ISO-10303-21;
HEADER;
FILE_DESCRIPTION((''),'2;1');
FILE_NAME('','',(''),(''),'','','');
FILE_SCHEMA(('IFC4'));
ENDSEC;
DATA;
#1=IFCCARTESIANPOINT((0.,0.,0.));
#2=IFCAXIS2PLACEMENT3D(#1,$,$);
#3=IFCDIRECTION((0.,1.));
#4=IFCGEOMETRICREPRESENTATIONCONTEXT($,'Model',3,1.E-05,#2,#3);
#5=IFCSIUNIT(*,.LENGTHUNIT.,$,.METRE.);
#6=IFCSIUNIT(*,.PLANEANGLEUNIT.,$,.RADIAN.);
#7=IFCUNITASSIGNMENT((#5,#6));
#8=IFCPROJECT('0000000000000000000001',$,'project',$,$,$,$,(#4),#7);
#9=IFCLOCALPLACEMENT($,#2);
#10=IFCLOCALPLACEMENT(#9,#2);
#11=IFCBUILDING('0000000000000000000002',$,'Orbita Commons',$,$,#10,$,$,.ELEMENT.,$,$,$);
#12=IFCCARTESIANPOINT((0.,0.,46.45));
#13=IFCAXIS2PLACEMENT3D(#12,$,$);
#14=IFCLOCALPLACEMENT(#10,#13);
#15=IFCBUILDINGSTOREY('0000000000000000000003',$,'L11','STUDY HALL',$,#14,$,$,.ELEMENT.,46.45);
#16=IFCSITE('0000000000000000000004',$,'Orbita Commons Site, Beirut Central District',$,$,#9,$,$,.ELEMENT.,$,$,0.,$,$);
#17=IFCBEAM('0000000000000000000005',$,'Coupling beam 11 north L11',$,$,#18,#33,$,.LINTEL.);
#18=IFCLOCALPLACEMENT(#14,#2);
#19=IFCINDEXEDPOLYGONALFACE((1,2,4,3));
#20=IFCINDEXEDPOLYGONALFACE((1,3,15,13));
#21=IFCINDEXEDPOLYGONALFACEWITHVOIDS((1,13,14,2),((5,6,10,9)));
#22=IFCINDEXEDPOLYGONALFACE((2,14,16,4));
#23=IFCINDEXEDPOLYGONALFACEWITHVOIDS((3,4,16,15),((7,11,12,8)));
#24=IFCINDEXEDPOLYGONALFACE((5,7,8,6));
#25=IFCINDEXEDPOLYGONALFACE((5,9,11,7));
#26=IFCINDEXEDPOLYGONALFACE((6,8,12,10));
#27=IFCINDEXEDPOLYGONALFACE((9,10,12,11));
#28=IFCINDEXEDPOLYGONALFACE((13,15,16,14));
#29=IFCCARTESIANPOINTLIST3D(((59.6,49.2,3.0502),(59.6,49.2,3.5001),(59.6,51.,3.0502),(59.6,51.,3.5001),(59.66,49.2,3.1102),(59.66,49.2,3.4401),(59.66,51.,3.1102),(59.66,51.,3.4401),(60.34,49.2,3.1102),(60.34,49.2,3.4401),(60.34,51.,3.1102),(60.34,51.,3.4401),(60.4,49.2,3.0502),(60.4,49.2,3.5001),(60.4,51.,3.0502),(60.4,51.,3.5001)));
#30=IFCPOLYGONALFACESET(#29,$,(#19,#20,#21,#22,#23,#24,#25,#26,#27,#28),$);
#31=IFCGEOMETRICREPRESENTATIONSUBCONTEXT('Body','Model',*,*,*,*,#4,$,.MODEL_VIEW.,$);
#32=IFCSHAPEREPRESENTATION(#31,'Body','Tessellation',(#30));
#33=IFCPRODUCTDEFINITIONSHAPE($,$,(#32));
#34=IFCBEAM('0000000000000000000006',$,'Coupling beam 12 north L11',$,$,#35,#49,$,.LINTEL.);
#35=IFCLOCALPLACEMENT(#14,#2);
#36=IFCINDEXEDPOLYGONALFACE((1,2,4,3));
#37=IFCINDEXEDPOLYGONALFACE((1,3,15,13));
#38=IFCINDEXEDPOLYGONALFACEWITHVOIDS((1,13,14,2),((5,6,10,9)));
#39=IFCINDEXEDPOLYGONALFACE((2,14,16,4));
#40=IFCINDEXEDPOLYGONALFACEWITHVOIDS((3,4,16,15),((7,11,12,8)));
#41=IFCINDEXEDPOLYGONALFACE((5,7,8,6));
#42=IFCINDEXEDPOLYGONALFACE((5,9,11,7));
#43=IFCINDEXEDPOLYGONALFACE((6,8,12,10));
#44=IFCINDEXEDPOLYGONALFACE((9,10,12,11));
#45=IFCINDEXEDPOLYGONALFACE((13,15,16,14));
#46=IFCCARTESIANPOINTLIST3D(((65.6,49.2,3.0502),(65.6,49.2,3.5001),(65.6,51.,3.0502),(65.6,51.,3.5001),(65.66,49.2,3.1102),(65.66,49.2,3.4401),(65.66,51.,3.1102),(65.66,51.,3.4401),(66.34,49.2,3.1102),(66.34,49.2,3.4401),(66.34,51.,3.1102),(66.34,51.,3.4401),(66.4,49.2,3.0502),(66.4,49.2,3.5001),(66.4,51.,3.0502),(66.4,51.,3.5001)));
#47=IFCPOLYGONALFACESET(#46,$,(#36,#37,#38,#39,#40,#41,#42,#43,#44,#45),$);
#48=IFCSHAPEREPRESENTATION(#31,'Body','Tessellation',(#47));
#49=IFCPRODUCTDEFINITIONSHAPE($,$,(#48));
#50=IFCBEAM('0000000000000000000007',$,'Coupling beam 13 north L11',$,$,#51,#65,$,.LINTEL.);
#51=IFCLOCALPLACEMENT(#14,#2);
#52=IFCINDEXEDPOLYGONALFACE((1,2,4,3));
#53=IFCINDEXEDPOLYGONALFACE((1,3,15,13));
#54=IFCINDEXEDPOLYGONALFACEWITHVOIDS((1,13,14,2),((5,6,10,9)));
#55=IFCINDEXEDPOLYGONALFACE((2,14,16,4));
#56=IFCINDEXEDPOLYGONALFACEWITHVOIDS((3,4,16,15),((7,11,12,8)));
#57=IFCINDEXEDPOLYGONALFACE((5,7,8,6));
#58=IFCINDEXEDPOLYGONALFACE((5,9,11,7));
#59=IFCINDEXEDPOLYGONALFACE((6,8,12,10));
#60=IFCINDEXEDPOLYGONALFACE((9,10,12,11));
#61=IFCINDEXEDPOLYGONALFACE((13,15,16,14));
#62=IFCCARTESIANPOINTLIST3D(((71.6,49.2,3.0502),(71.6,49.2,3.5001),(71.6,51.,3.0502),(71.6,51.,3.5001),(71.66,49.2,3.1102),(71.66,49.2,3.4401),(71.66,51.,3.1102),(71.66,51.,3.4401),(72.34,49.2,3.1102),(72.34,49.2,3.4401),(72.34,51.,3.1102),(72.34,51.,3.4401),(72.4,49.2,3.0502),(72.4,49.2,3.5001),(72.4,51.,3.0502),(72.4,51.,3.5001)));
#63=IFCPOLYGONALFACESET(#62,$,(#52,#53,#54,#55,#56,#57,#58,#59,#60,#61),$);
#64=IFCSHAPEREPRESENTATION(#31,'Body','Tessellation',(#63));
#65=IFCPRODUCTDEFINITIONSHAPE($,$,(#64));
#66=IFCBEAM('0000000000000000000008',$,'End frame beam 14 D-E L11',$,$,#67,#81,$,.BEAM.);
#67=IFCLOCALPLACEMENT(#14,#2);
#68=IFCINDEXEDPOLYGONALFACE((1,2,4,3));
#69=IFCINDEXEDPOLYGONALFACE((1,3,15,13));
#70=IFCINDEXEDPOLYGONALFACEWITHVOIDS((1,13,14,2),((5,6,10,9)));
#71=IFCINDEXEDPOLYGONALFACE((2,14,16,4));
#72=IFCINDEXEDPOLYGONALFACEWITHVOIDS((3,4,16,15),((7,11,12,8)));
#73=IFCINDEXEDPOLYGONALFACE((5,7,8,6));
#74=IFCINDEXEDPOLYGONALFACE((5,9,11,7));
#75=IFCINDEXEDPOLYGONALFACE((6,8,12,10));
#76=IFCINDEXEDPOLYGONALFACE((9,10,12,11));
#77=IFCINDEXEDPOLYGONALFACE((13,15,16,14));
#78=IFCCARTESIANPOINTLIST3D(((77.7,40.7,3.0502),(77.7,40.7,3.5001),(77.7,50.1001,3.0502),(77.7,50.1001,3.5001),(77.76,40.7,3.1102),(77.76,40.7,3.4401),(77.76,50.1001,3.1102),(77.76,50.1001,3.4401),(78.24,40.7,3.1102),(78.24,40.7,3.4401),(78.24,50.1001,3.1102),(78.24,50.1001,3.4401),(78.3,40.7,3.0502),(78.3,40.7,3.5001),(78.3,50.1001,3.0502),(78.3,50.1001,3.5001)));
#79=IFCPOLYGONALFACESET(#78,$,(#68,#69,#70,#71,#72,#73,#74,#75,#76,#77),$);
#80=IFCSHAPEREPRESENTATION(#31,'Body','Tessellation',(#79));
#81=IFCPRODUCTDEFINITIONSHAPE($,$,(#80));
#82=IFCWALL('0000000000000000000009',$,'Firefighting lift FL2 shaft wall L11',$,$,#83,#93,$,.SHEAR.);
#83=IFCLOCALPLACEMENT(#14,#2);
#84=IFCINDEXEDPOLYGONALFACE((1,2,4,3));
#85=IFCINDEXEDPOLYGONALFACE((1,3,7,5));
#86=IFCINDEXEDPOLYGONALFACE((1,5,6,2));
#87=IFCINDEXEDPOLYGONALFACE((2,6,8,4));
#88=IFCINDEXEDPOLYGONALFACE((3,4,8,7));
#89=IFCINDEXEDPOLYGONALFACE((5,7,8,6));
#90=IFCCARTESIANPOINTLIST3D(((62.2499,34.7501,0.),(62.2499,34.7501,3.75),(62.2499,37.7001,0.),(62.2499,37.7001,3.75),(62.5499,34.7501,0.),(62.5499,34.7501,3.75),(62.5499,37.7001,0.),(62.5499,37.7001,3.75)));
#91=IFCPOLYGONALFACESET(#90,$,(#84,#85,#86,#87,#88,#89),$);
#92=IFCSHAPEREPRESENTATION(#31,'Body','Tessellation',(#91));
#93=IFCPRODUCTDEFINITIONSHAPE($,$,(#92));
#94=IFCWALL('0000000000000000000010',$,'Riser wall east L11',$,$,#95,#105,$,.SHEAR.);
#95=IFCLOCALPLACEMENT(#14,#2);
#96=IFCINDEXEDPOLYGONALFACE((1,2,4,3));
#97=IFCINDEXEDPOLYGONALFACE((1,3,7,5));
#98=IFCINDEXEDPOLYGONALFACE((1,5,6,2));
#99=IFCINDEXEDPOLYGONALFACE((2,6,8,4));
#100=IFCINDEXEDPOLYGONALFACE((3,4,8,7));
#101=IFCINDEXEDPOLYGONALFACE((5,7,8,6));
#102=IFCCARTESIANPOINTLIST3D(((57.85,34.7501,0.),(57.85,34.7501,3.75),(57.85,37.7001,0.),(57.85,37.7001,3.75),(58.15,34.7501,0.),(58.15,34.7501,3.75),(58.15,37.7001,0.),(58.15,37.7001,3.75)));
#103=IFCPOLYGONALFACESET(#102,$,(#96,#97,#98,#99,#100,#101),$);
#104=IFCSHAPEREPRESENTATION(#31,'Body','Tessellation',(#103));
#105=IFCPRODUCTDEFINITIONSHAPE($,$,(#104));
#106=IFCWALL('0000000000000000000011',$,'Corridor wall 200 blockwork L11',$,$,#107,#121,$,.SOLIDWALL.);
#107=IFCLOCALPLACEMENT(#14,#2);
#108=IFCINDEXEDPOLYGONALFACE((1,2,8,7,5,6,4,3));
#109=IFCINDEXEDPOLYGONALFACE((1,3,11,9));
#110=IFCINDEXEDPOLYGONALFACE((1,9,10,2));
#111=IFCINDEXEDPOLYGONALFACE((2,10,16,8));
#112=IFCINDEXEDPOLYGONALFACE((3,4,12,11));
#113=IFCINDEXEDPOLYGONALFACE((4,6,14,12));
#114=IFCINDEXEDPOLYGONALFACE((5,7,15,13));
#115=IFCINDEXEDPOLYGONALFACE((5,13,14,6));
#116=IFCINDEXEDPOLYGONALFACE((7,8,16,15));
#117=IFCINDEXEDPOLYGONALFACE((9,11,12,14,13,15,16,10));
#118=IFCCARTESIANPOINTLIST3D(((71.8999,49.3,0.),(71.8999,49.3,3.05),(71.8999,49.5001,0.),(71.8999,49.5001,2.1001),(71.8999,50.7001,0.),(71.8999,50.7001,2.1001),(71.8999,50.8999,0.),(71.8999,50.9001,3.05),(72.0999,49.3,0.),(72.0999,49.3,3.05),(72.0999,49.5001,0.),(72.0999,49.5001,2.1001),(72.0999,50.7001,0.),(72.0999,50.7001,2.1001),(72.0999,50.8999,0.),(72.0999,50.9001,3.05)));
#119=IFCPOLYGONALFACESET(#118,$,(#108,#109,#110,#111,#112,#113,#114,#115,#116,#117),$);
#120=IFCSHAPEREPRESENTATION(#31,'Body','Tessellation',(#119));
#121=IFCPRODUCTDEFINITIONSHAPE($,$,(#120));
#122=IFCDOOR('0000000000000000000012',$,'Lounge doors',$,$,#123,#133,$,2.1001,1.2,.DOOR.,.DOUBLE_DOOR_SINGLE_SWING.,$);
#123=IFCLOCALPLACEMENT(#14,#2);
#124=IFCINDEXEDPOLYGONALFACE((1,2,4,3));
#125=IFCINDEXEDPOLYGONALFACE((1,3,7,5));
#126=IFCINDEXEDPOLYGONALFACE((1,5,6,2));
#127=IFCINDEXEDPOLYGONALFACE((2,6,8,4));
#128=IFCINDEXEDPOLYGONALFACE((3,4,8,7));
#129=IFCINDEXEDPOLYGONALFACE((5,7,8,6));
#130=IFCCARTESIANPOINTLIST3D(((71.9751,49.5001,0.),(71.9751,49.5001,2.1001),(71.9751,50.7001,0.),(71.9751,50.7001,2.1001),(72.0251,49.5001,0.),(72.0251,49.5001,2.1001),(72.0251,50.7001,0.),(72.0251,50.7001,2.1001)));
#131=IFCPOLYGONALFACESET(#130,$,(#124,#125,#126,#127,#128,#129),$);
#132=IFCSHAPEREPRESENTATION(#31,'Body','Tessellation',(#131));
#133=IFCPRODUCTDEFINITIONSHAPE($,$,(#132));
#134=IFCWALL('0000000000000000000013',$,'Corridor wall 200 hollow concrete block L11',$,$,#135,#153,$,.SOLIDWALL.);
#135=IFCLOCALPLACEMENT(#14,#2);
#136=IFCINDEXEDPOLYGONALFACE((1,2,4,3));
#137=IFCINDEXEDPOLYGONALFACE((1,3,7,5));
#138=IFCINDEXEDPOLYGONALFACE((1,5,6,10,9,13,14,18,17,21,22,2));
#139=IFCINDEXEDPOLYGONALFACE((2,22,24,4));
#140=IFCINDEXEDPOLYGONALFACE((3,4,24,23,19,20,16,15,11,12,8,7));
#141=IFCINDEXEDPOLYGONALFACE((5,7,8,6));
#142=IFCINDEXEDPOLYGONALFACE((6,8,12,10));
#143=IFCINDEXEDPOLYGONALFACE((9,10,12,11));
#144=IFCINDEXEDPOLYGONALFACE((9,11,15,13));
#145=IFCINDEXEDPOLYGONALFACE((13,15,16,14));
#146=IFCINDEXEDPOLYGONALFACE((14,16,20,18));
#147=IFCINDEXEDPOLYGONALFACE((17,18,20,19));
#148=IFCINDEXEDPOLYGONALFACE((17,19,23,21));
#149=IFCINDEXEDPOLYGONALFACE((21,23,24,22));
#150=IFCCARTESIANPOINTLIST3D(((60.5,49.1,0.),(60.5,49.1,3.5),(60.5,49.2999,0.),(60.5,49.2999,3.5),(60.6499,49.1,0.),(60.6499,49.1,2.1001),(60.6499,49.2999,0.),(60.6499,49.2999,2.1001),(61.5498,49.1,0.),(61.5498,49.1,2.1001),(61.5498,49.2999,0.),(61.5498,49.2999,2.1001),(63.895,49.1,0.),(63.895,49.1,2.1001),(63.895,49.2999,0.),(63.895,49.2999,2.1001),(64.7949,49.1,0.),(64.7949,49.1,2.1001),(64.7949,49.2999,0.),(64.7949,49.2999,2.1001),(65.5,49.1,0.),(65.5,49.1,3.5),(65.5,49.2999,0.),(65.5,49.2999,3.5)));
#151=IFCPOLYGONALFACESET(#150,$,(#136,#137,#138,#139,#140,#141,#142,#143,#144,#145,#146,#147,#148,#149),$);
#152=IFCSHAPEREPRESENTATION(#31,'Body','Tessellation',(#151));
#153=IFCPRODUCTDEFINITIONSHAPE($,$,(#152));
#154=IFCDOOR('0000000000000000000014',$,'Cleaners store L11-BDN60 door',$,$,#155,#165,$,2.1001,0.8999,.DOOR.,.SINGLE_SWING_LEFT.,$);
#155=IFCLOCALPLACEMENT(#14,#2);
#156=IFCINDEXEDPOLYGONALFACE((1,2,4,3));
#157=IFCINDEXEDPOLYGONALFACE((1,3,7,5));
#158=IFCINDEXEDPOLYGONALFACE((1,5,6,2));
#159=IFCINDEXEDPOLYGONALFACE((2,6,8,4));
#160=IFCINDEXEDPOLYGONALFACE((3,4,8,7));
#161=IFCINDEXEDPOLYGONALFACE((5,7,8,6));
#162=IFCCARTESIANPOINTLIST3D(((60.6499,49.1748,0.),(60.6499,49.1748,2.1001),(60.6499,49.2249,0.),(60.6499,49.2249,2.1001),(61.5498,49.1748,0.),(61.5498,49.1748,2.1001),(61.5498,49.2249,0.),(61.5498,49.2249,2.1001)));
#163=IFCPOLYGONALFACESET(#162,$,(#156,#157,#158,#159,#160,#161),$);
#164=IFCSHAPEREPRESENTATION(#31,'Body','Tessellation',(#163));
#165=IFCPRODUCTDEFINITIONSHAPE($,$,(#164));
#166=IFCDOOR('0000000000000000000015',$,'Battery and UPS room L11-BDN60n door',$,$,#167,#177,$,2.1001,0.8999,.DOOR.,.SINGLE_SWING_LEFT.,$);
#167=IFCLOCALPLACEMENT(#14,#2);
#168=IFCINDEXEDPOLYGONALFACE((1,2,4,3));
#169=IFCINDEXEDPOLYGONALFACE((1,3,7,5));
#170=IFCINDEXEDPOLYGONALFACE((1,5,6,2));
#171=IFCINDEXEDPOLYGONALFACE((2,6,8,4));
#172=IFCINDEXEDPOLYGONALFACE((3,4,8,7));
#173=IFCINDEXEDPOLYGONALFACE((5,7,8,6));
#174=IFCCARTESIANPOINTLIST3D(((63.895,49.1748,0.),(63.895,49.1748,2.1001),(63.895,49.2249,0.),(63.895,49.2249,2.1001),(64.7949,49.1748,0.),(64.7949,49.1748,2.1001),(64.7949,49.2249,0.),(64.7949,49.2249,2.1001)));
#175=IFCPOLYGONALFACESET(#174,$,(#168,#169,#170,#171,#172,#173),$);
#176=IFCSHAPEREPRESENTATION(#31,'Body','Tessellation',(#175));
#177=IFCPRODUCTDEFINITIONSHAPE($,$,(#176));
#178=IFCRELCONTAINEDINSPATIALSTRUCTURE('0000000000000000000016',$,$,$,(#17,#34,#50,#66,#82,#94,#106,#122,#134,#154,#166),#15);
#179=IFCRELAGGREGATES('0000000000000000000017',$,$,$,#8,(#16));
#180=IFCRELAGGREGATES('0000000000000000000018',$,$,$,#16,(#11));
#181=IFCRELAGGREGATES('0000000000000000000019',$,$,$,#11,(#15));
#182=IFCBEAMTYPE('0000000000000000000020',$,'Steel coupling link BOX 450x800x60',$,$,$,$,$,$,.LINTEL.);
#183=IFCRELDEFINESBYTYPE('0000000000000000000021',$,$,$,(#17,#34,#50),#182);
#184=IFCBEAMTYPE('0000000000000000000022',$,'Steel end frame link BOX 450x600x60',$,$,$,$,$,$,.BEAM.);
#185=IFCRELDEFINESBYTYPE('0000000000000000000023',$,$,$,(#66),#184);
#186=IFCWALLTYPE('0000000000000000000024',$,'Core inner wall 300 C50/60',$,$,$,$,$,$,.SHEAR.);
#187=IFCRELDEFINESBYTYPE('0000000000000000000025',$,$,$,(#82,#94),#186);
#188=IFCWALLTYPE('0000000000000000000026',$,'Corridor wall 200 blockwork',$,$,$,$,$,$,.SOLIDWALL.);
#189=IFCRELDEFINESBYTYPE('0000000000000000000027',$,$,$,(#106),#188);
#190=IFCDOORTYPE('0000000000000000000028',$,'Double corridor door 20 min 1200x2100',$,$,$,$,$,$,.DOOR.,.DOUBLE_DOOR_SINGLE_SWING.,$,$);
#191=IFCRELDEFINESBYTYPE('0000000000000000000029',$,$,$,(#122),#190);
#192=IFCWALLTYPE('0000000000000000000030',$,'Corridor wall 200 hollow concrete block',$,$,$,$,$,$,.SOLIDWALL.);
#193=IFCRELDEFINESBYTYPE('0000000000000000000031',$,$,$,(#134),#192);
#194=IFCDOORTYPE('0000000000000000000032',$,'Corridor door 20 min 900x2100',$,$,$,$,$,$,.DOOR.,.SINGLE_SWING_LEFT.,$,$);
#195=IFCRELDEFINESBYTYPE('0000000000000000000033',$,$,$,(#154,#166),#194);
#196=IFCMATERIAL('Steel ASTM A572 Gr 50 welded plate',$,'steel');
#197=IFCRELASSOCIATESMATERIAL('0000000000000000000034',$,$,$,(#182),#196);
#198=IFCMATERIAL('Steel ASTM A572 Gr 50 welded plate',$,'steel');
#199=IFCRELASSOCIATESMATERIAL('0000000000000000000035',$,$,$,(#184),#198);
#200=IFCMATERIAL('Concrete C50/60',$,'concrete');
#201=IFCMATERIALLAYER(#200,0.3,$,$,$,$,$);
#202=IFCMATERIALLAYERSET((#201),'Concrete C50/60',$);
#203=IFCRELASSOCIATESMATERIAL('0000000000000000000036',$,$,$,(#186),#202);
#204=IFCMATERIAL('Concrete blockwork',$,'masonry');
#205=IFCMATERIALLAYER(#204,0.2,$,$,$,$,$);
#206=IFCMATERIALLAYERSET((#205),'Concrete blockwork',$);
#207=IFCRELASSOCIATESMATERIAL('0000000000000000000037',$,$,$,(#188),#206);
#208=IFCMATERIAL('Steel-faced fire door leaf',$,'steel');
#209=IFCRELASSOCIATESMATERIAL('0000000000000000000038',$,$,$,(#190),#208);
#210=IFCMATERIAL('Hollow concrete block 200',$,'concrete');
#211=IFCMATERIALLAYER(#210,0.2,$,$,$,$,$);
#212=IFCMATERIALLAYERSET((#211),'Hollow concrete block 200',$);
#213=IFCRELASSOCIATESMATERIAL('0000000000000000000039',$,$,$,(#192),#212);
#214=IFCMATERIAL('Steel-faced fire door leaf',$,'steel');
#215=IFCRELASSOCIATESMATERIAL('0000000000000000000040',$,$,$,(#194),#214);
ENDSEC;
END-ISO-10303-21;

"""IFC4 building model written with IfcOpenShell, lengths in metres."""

from ifc_helpers import new_model, si_unit, direction, frame, frame_2d, origin, origin_2d, place, context, subcontext, project, spatial, polyline, rectangle, hollow_rectangle, outline, extrude, material, layer, layer_set, material_profile, profile_set, type_object, element, fill, save


model = new_model("IFC4")

# Units and contexts
model_context = context("Model", 3, precision=1e-05, world=origin(), true_north=direction((0.0, 1.0)))
body_context = subcontext(model_context, "Body", "Model", "MODEL_VIEW")
ifc_project = project(units=[si_unit("LENGTHUNIT", "METRE"), si_unit("PLANEANGLEUNIT", "RADIAN")], contexts=[model_context])

# Site, building, storey
site_placement = place(None, origin())
site = spatial("IfcSite", under=ifc_project, at=site_placement, Name="Orbita Commons Site, Beirut Central District", CompositionType="ELEMENT", RefElevation=0.0)
building_placement = place(site_placement, origin())
building = spatial("IfcBuilding", under=site, at=building_placement, Name="Orbita Commons", CompositionType="ELEMENT")
storey_placement = place(building_placement, frame((0.0, 0.0, 46.45)))
storey = spatial("IfcBuildingStorey", under=building, at=storey_placement, Name="L11", Description="STUDY HALL", CompositionType="ELEMENT", Elevation=46.45)

# Beams
ifc_material_1 = material(Name="Steel ASTM A572 Gr 50 welded plate", Category="steel")
ifc_material_profile_1 = material_profile(ifc_material_1, hollow_rectangle(XDim=0.8, YDim=0.45, WallThickness=0.0601, at=origin_2d()), Name="BOX 450x800x60")
ifc_profile_set_1 = profile_set([ifc_material_profile_1], Name="Steel ASTM A572 Gr 50 welded plate")
beam_type_1 = type_object("IfcBeamType", Name="Steel coupling link BOX 450x800x60", PredefinedType="LINTEL", material=ifc_profile_set_1)
for number, where, z_axis, x_axis, name in (
    (1, (60.0, 49.2, 3.2751), (0.0, 1.0, 0.0), (-1.0, 0.0, 0.0), "Coupling beam 11 north L11"),
    (2, (66.0, 49.2, 3.2751), (0.0, 1.0, 0.0), (-1.0, 0.0, 0.0), "Coupling beam 12 north L11"),
    (3, (72.0, 49.2, 3.2751), (0.0, 1.0, 0.0), (-1.0, 0.0, 0.0), "Coupling beam 13 north L11"),
):
    element("IfcBeam", number, at=place(storey_placement, frame(where, z_axis=z_axis, x_axis=x_axis)), inside=storey, type_object=beam_type_1, Name=name, PredefinedType="LINTEL", context=body_context, shape_type="SweptSolid", body=[
        extrude(hollow_rectangle(XDim=0.8, YDim=0.45, WallThickness=0.0601, at=origin_2d()), origin(), (0.0, 0.0, 1.0), 1.8),
    ])
ifc_material_2 = material(Name="Steel ASTM A572 Gr 50 welded plate", Category="steel")
ifc_material_profile_2 = material_profile(ifc_material_2, hollow_rectangle(XDim=0.6001, YDim=0.45, WallThickness=0.0601, at=origin_2d()), Name="BOX 450x600x60")
ifc_profile_set_2 = profile_set([ifc_material_profile_2], Name="Steel ASTM A572 Gr 50 welded plate")
beam_type_2 = type_object("IfcBeamType", Name="Steel end frame link BOX 450x600x60", PredefinedType="BEAM", material=ifc_profile_set_2)
beam_placement = place(storey_placement, frame((78.0, 40.7, 3.2751), z_axis=(0.0, 1.0, 0.0), x_axis=(-1.0, 0.0, 0.0)))
element("IfcBeam", 4, at=beam_placement, inside=storey, type_object=beam_type_2, Name="End frame beam 14 D-E L11", PredefinedType="BEAM", context=body_context, shape_type="SweptSolid", body=[
    extrude(hollow_rectangle(XDim=0.6001, YDim=0.45, WallThickness=0.0601, at=origin_2d()), origin(), (0.0, 0.0, 1.0), 9.4001),
])

# Walls
ifc_material_3 = material(Name="Concrete C50/60", Category="concrete")
ifc_layer_1 = layer(ifc_material_3, 0.3)
ifc_layer_set_1 = layer_set([ifc_layer_1], Name="Concrete C50/60")
wall_type_1 = type_object("IfcWallType", Name="Core inner wall 300 C50/60", PredefinedType="SHEAR", material=ifc_layer_set_1)
for number, where, z_axis, x_axis, name in (
    (5, (62.3999, 34.75, 0.0), (0.0, 0.0, 1.0), (0.0, 1.0, 0.0), "Firefighting lift FL2 shaft wall L11"),
    (6, (58.0, 34.75, 0.0), (0.0, 0.0, 1.0), (0.0, 1.0, 0.0), "Riser wall east L11"),
):
    element("IfcWall", number, at=place(storey_placement, frame(where, z_axis=z_axis, x_axis=x_axis)), inside=storey, type_object=wall_type_1, Name=name, PredefinedType="SHEAR", context=body_context, shape_type="SweptSolid", body=[
        extrude(rectangle(XDim=2.95, YDim=0.3, at=frame_2d((1.4751, 0.0))), origin(), (0.0, 0.0, 1.0), 3.75),
    ])

# Wall, opening, door
ifc_material_4 = material(Name="Concrete blockwork", Category="masonry")
ifc_layer_2 = layer(ifc_material_4, 0.2)
ifc_layer_set_2 = layer_set([ifc_layer_2], Name="Concrete blockwork")
wall_type_2 = type_object("IfcWallType", Name="Corridor wall 200 blockwork", PredefinedType="SOLIDWALL", material=ifc_layer_set_2)
wall_1_placement = place(storey_placement, frame((72.0, 49.3, 0.0), z_axis=(0.0, 0.0, 1.0), x_axis=(0.0, 1.0, 0.0)))
wall_1 = element("IfcWall", 7, at=wall_1_placement, inside=storey, type_object=wall_type_2, Name="Corridor wall 200 blockwork L11", PredefinedType="SOLIDWALL", context=body_context, shape_type="SweptSolid", body=[
    extrude(outline(polyline([(0.0, 0.0), (1.5999, 0.0), (1.6001, 3.05), (0.0, 3.05), (0.0, 0.0)])), frame((0.0, 0.1001, 0.0), z_axis=(0.0, -1.0, 0.0), x_axis=(1.0, 0.0, 0.0)), (0.0, 0.0, 1.0), 0.2),
])
opening_1_placement = place(wall_1_placement, frame((0.2, 0.0, 0.0)))
opening_1 = element("IfcOpeningElement", 8, at=opening_1_placement, cuts=wall_1, PredefinedType="OPENING", context=body_context, shape_type="SweptSolid", body=[
    extrude(rectangle(XDim=1.2, YDim=2.1001, at=frame_2d((0.6001, 1.05))), frame((0.0, 0.1099, 0.0), z_axis=(0.0, -1.0, 0.0), x_axis=(1.0, 0.0, 0.0)), (0.0, 0.0, 1.0), 0.22),
])
ifc_material_5 = material(Name="Steel-faced fire door leaf", Category="steel")
door_type_1 = type_object("IfcDoorType", Name="Double corridor door 20 min 1200x2100", OperationType="DOUBLE_DOOR_SINGLE_SWING", PredefinedType="DOOR", material=ifc_material_5)
door_1_placement = place(opening_1_placement, origin())
door_1 = element("IfcDoor", 9, at=door_1_placement, inside=storey, type_object=door_type_1, Name="Lounge doors", OperationType="DOUBLE_DOOR_SINGLE_SWING", OverallHeight=2.1001, OverallWidth=1.2, PredefinedType="DOOR", context=body_context, shape_type="SweptSolid", body=[
    extrude(rectangle(XDim=1.2, YDim=2.1001, at=frame_2d((0.6001, 1.05))), frame((0.0, 0.0249, 0.0), z_axis=(0.0, -1.0, 0.0), x_axis=(1.0, 0.0, 0.0)), (0.0, 0.0, 1.0), 0.05),
])
fill(opening_1, door_1)

# Wall, openings, doors
ifc_material_6 = material(Name="Hollow concrete block 200", Category="concrete")
ifc_layer_3 = layer(ifc_material_6, 0.2)
ifc_layer_set_3 = layer_set([ifc_layer_3], Name="Hollow concrete block 200")
wall_type_3 = type_object("IfcWallType", Name="Corridor wall 200 hollow concrete block", PredefinedType="SOLIDWALL", material=ifc_layer_set_3)
wall_2_placement = place(storey_placement, frame((60.5, 49.2, 0.0), z_axis=(0.0, 0.0, 1.0), x_axis=(1.0, 0.0, 0.0)))
wall_2 = element("IfcWall", 10, at=wall_2_placement, inside=storey, type_object=wall_type_3, Name="Corridor wall 200 hollow concrete block L11", PredefinedType="SOLIDWALL", context=body_context, shape_type="SweptSolid", body=[
    extrude(rectangle(XDim=5.0, YDim=0.2, at=frame_2d((2.5, 0.0))), origin(), (0.0, 0.0, 1.0), 3.5),
])
opening_2_placement = place(wall_2_placement, frame((0.1499, 0.0, 0.0)))
opening_2 = element("IfcOpeningElement", 11, at=opening_2_placement, cuts=wall_2, PredefinedType="OPENING", context=body_context, shape_type="SweptSolid", body=[
    extrude(rectangle(XDim=0.8999, YDim=2.1001, at=frame_2d((0.45, 1.05))), frame((0.0, 0.1099, 0.0), z_axis=(0.0, -1.0, 0.0), x_axis=(1.0, 0.0, 0.0)), (0.0, 0.0, 1.0), 0.22),
])
opening_3_placement = place(wall_2_placement, frame((3.395, 0.0, 0.0)))
opening_3 = element("IfcOpeningElement", 12, at=opening_3_placement, cuts=wall_2, PredefinedType="OPENING", context=body_context, shape_type="SweptSolid", body=[
    extrude(rectangle(XDim=0.8999, YDim=2.1001, at=frame_2d((0.45, 1.05))), frame((0.0, 0.1099, 0.0), z_axis=(0.0, -1.0, 0.0), x_axis=(1.0, 0.0, 0.0)), (0.0, 0.0, 1.0), 0.22),
])
ifc_material_7 = material(Name="Steel-faced fire door leaf", Category="steel")
door_type_2 = type_object("IfcDoorType", Name="Corridor door 20 min 900x2100", OperationType="SINGLE_SWING_LEFT", PredefinedType="DOOR", material=ifc_material_7)
door_2_placement = place(opening_2_placement, origin())
door_2 = element("IfcDoor", 13, at=door_2_placement, inside=storey, type_object=door_type_2, Name="Cleaners store L11-BDN60 door", OperationType="SINGLE_SWING_LEFT", OverallHeight=2.1001, OverallWidth=0.8999, PredefinedType="DOOR", context=body_context, shape_type="SweptSolid", body=[
    extrude(rectangle(XDim=0.8999, YDim=2.1001, at=frame_2d((0.45, 1.05))), frame((0.0, 0.0249, 0.0), z_axis=(0.0, -1.0, 0.0), x_axis=(1.0, 0.0, 0.0)), (0.0, 0.0, 1.0), 0.05),
])
fill(opening_2, door_2)
door_3_placement = place(opening_3_placement, origin())
door_3 = element("IfcDoor", 14, at=door_3_placement, inside=storey, type_object=door_type_2, Name="Battery and UPS room L11-BDN60n door", OperationType="SINGLE_SWING_LEFT", OverallHeight=2.1001, OverallWidth=0.8999, PredefinedType="DOOR", context=body_context, shape_type="SweptSolid", body=[
    extrude(rectangle(XDim=0.8999, YDim=2.1001, at=frame_2d((0.45, 1.05))), frame((0.0, 0.0249, 0.0), z_axis=(0.0, -1.0, 0.0), x_axis=(1.0, 0.0, 0.0)), (0.0, 0.0, 1.0), 0.05),
])
fill(opening_3, door_3)

save(model, "model.ifc")
